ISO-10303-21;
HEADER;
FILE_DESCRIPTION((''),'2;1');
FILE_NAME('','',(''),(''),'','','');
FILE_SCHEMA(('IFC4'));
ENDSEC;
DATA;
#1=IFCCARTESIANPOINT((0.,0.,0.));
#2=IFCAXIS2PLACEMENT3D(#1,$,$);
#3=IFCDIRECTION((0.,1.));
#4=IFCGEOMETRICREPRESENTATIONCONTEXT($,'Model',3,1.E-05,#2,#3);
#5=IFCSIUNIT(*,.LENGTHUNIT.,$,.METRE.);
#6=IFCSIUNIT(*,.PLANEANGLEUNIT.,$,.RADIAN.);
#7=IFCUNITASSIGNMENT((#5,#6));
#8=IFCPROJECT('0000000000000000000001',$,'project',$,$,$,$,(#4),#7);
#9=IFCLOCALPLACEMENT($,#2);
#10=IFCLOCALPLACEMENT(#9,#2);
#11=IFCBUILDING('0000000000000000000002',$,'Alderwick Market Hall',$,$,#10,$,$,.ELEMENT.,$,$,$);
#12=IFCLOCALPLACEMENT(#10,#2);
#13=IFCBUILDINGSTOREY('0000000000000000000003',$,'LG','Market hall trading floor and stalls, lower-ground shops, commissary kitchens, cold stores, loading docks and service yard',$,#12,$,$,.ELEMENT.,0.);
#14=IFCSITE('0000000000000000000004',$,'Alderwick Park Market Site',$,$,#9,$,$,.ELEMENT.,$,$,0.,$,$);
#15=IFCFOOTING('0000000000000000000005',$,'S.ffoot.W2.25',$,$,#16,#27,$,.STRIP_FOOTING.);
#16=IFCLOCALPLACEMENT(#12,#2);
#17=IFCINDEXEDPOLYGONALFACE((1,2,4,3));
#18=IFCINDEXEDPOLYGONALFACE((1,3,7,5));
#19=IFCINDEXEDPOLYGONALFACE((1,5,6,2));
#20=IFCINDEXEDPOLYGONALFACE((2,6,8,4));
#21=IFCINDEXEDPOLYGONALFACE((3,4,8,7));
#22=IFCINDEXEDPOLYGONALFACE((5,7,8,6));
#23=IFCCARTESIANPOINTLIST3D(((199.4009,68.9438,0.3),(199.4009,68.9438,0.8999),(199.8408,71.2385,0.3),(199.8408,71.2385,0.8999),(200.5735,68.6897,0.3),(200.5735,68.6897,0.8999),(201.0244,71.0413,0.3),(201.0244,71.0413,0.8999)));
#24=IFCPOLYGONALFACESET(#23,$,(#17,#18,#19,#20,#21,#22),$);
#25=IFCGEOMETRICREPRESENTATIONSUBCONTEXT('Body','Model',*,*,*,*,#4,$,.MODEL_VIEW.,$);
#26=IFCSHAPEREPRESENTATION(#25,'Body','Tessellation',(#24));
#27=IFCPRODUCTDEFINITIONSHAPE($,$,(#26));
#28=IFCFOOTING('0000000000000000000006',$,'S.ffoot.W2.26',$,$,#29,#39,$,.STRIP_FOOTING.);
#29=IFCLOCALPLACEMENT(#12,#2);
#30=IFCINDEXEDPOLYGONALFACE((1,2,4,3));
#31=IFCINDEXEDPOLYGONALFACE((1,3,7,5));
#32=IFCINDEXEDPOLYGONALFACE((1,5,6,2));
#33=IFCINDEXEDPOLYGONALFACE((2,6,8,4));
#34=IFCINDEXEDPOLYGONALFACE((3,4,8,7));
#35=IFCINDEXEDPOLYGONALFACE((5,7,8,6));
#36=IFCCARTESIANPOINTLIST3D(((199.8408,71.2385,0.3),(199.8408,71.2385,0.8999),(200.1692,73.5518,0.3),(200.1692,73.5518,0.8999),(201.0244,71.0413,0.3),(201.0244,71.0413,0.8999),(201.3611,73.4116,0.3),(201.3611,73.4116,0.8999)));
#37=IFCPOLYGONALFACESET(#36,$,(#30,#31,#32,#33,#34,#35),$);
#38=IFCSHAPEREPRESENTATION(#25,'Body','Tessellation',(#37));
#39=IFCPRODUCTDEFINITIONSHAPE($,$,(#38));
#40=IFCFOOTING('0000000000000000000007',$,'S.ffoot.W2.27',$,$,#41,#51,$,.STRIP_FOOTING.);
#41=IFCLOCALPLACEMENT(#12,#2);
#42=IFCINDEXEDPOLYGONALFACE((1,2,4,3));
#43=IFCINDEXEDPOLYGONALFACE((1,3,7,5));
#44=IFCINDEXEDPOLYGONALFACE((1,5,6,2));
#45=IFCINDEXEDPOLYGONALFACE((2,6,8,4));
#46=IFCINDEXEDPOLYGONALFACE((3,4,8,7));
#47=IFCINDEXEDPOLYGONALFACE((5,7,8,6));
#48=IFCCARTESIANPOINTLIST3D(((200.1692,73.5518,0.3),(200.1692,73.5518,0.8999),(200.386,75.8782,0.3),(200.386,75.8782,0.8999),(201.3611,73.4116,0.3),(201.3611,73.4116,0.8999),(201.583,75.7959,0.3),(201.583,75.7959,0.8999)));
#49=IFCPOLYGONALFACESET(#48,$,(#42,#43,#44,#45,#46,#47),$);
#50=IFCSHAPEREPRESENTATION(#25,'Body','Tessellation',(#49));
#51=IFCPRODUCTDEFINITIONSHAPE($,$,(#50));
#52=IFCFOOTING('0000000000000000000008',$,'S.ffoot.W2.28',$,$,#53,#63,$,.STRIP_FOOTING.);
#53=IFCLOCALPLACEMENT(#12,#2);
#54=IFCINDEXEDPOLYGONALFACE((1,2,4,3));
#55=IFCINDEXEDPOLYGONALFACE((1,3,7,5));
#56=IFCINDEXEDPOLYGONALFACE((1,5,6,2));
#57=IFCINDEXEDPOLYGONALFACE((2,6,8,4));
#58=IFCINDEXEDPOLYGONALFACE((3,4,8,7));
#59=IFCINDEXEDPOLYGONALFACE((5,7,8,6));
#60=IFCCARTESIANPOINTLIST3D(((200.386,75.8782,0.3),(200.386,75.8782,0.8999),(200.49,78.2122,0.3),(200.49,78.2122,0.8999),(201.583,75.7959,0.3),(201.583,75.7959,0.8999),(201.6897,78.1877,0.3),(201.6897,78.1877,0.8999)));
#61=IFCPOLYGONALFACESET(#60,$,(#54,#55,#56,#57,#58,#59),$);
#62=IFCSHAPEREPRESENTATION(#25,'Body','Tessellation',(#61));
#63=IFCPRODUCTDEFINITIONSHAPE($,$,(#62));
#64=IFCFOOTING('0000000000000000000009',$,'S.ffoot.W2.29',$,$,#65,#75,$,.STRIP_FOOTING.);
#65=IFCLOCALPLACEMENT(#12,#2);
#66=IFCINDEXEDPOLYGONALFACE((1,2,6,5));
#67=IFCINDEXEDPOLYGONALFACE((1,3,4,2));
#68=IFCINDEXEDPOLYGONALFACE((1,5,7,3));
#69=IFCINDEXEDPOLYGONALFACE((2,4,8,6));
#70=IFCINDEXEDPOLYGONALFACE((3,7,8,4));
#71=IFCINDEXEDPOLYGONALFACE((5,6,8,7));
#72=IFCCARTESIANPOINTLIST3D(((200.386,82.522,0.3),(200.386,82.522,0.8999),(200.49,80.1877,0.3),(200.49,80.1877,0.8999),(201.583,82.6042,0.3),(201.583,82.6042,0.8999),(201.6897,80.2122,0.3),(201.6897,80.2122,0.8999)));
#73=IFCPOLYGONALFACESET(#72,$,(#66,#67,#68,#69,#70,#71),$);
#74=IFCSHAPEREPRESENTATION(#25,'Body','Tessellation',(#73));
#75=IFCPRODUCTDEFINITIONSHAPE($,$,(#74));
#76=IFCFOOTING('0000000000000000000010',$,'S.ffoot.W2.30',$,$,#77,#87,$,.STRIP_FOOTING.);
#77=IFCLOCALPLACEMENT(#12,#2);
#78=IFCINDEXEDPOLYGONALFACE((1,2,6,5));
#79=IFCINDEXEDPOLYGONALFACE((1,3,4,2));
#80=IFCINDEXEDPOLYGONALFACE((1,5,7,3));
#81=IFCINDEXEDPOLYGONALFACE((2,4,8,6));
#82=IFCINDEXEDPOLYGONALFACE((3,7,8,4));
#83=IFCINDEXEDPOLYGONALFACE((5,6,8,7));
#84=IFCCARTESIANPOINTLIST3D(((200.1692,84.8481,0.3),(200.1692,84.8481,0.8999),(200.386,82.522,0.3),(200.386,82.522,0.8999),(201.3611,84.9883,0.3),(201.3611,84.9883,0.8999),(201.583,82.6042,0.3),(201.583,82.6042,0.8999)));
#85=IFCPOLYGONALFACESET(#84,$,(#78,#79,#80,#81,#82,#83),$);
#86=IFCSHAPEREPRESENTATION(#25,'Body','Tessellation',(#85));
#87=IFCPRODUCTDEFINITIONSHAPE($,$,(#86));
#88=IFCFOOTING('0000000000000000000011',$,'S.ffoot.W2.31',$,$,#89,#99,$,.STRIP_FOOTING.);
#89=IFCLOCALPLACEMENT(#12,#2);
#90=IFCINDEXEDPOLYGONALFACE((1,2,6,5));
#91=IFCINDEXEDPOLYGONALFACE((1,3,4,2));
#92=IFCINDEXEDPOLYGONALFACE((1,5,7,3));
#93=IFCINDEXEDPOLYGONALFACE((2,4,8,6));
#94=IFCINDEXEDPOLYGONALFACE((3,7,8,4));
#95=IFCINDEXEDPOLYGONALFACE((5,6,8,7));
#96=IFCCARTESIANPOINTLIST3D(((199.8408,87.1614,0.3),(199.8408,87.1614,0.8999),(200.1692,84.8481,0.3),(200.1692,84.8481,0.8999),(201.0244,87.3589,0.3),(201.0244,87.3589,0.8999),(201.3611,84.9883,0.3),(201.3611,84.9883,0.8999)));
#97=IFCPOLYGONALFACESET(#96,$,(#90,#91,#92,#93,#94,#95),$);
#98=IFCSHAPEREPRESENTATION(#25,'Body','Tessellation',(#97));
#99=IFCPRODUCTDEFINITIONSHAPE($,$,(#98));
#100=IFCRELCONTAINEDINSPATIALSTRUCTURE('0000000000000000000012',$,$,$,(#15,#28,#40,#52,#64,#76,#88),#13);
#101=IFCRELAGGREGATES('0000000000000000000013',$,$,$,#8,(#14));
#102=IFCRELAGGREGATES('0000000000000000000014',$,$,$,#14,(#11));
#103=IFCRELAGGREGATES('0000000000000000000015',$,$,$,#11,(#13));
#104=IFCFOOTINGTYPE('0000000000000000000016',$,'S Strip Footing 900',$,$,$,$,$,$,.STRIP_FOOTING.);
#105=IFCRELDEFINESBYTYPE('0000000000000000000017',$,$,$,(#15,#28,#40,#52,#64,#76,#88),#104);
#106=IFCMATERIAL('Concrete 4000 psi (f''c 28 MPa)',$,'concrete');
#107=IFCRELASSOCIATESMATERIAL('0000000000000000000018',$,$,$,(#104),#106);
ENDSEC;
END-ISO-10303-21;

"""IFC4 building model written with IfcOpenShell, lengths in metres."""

from ifc_helpers import new_model, si_unit, direction, frame, origin, place, context, subcontext, project, spatial, polyline, outline, extrude, material, type_object, element, save


model = new_model("IFC4")

# Units and contexts
model_context = context("Model", 3, precision=1e-05, world=origin(), true_north=direction((0.0, 1.0)))
body_context = subcontext(model_context, "Body", "Model", "MODEL_VIEW")
ifc_project = project(units=[si_unit("LENGTHUNIT", "METRE"), si_unit("PLANEANGLEUNIT", "RADIAN")], contexts=[model_context])

# Site, building, storey
site_placement = place(None, origin())
site = spatial("IfcSite", under=ifc_project, at=site_placement, Name="Alderwick Park Market Site", CompositionType="ELEMENT", RefElevation=0.0)
building_placement = place(site_placement, origin())
building = spatial("IfcBuilding", under=site, at=building_placement, Name="Alderwick Market Hall", CompositionType="ELEMENT")
storey_placement = place(building_placement, origin())
storey = spatial("IfcBuildingStorey", under=building, at=storey_placement, Name="LG", Description="Market hall trading floor and stalls, lower-ground shops, commissary kitchens, cold stores, loading docks and service yard", CompositionType="ELEMENT", Elevation=0.0)

# Footings
ifc_material = material(Name="Concrete 4000 psi (f'c 28 MPa)", Category="concrete")
footing_type = type_object("IfcFootingType", Name="S Strip Footing 900", PredefinedType="STRIP_FOOTING", material=ifc_material)
footing_1_placement = place(storey_placement, frame((0.0, 0.0, 0.3)))
element("IfcFooting", 1, at=footing_1_placement, inside=storey, type_object=footing_type, Name="S.ffoot.W2.25", PredefinedType="STRIP_FOOTING", context=body_context, shape_type="SweptSolid", body=[
    extrude(outline(polyline([(200.5735, 68.6897), (201.0244, 71.0413), (199.8408, 71.2385), (199.4009, 68.9438), (200.5735, 68.6897)])), origin(), (0.0, 0.0, 1.0), 0.5999),
])
footing_2_placement = place(storey_placement, frame((0.0, 0.0, 0.3)))
element("IfcFooting", 2, at=footing_2_placement, inside=storey, type_object=footing_type, Name="S.ffoot.W2.26", PredefinedType="STRIP_FOOTING", context=body_context, shape_type="SweptSolid", body=[
    extrude(outline(polyline([(201.0244, 71.0413), (201.3611, 73.4116), (200.1692, 73.5518), (199.8408, 71.2385), (201.0244, 71.0413)])), origin(), (0.0, 0.0, 1.0), 0.5999),
])
footing_3_placement = place(storey_placement, frame((0.0, 0.0, 0.3)))
element("IfcFooting", 3, at=footing_3_placement, inside=storey, type_object=footing_type, Name="S.ffoot.W2.27", PredefinedType="STRIP_FOOTING", context=body_context, shape_type="SweptSolid", body=[
    extrude(outline(polyline([(201.3611, 73.4116), (201.583, 75.7959), (200.386, 75.8782), (200.1692, 73.5518), (201.3611, 73.4116)])), origin(), (0.0, 0.0, 1.0), 0.5999),
])
footing_4_placement = place(storey_placement, frame((0.0, 0.0, 0.3)))
element("IfcFooting", 4, at=footing_4_placement, inside=storey, type_object=footing_type, Name="S.ffoot.W2.28", PredefinedType="STRIP_FOOTING", context=body_context, shape_type="SweptSolid", body=[
    extrude(outline(polyline([(201.583, 75.7959), (201.6897, 78.1877), (200.49, 78.2122), (200.386, 75.8782), (201.583, 75.7959)])), origin(), (0.0, 0.0, 1.0), 0.5999),
])
footing_5_placement = place(storey_placement, frame((0.0, 0.0, 0.3)))
element("IfcFooting", 5, at=footing_5_placement, inside=storey, type_object=footing_type, Name="S.ffoot.W2.29", PredefinedType="STRIP_FOOTING", context=body_context, shape_type="SweptSolid", body=[
    extrude(outline(polyline([(201.6897, 80.2122), (201.583, 82.6042), (200.386, 82.522), (200.49, 80.1877), (201.6897, 80.2122)])), origin(), (0.0, 0.0, 1.0), 0.5999),
])
footing_6_placement = place(storey_placement, frame((0.0, 0.0, 0.3)))
element("IfcFooting", 6, at=footing_6_placement, inside=storey, type_object=footing_type, Name="S.ffoot.W2.30", PredefinedType="STRIP_FOOTING", context=body_context, shape_type="SweptSolid", body=[
    extrude(outline(polyline([(201.583, 82.6042), (201.3611, 84.9883), (200.1692, 84.8481), (200.386, 82.522), (201.583, 82.6042)])), origin(), (0.0, 0.0, 1.0), 0.5999),
])
footing_7_placement = place(storey_placement, frame((0.0, 0.0, 0.3)))
element("IfcFooting", 7, at=footing_7_placement, inside=storey, type_object=footing_type, Name="S.ffoot.W2.31", PredefinedType="STRIP_FOOTING", context=body_context, shape_type="SweptSolid", body=[
    extrude(outline(polyline([(201.3611, 84.9883), (201.0244, 87.3589), (199.8408, 87.1614), (200.1692, 84.8481), (201.3611, 84.9883)])), origin(), (0.0, 0.0, 1.0), 0.5999),
])

save(model, "model.ifc")
